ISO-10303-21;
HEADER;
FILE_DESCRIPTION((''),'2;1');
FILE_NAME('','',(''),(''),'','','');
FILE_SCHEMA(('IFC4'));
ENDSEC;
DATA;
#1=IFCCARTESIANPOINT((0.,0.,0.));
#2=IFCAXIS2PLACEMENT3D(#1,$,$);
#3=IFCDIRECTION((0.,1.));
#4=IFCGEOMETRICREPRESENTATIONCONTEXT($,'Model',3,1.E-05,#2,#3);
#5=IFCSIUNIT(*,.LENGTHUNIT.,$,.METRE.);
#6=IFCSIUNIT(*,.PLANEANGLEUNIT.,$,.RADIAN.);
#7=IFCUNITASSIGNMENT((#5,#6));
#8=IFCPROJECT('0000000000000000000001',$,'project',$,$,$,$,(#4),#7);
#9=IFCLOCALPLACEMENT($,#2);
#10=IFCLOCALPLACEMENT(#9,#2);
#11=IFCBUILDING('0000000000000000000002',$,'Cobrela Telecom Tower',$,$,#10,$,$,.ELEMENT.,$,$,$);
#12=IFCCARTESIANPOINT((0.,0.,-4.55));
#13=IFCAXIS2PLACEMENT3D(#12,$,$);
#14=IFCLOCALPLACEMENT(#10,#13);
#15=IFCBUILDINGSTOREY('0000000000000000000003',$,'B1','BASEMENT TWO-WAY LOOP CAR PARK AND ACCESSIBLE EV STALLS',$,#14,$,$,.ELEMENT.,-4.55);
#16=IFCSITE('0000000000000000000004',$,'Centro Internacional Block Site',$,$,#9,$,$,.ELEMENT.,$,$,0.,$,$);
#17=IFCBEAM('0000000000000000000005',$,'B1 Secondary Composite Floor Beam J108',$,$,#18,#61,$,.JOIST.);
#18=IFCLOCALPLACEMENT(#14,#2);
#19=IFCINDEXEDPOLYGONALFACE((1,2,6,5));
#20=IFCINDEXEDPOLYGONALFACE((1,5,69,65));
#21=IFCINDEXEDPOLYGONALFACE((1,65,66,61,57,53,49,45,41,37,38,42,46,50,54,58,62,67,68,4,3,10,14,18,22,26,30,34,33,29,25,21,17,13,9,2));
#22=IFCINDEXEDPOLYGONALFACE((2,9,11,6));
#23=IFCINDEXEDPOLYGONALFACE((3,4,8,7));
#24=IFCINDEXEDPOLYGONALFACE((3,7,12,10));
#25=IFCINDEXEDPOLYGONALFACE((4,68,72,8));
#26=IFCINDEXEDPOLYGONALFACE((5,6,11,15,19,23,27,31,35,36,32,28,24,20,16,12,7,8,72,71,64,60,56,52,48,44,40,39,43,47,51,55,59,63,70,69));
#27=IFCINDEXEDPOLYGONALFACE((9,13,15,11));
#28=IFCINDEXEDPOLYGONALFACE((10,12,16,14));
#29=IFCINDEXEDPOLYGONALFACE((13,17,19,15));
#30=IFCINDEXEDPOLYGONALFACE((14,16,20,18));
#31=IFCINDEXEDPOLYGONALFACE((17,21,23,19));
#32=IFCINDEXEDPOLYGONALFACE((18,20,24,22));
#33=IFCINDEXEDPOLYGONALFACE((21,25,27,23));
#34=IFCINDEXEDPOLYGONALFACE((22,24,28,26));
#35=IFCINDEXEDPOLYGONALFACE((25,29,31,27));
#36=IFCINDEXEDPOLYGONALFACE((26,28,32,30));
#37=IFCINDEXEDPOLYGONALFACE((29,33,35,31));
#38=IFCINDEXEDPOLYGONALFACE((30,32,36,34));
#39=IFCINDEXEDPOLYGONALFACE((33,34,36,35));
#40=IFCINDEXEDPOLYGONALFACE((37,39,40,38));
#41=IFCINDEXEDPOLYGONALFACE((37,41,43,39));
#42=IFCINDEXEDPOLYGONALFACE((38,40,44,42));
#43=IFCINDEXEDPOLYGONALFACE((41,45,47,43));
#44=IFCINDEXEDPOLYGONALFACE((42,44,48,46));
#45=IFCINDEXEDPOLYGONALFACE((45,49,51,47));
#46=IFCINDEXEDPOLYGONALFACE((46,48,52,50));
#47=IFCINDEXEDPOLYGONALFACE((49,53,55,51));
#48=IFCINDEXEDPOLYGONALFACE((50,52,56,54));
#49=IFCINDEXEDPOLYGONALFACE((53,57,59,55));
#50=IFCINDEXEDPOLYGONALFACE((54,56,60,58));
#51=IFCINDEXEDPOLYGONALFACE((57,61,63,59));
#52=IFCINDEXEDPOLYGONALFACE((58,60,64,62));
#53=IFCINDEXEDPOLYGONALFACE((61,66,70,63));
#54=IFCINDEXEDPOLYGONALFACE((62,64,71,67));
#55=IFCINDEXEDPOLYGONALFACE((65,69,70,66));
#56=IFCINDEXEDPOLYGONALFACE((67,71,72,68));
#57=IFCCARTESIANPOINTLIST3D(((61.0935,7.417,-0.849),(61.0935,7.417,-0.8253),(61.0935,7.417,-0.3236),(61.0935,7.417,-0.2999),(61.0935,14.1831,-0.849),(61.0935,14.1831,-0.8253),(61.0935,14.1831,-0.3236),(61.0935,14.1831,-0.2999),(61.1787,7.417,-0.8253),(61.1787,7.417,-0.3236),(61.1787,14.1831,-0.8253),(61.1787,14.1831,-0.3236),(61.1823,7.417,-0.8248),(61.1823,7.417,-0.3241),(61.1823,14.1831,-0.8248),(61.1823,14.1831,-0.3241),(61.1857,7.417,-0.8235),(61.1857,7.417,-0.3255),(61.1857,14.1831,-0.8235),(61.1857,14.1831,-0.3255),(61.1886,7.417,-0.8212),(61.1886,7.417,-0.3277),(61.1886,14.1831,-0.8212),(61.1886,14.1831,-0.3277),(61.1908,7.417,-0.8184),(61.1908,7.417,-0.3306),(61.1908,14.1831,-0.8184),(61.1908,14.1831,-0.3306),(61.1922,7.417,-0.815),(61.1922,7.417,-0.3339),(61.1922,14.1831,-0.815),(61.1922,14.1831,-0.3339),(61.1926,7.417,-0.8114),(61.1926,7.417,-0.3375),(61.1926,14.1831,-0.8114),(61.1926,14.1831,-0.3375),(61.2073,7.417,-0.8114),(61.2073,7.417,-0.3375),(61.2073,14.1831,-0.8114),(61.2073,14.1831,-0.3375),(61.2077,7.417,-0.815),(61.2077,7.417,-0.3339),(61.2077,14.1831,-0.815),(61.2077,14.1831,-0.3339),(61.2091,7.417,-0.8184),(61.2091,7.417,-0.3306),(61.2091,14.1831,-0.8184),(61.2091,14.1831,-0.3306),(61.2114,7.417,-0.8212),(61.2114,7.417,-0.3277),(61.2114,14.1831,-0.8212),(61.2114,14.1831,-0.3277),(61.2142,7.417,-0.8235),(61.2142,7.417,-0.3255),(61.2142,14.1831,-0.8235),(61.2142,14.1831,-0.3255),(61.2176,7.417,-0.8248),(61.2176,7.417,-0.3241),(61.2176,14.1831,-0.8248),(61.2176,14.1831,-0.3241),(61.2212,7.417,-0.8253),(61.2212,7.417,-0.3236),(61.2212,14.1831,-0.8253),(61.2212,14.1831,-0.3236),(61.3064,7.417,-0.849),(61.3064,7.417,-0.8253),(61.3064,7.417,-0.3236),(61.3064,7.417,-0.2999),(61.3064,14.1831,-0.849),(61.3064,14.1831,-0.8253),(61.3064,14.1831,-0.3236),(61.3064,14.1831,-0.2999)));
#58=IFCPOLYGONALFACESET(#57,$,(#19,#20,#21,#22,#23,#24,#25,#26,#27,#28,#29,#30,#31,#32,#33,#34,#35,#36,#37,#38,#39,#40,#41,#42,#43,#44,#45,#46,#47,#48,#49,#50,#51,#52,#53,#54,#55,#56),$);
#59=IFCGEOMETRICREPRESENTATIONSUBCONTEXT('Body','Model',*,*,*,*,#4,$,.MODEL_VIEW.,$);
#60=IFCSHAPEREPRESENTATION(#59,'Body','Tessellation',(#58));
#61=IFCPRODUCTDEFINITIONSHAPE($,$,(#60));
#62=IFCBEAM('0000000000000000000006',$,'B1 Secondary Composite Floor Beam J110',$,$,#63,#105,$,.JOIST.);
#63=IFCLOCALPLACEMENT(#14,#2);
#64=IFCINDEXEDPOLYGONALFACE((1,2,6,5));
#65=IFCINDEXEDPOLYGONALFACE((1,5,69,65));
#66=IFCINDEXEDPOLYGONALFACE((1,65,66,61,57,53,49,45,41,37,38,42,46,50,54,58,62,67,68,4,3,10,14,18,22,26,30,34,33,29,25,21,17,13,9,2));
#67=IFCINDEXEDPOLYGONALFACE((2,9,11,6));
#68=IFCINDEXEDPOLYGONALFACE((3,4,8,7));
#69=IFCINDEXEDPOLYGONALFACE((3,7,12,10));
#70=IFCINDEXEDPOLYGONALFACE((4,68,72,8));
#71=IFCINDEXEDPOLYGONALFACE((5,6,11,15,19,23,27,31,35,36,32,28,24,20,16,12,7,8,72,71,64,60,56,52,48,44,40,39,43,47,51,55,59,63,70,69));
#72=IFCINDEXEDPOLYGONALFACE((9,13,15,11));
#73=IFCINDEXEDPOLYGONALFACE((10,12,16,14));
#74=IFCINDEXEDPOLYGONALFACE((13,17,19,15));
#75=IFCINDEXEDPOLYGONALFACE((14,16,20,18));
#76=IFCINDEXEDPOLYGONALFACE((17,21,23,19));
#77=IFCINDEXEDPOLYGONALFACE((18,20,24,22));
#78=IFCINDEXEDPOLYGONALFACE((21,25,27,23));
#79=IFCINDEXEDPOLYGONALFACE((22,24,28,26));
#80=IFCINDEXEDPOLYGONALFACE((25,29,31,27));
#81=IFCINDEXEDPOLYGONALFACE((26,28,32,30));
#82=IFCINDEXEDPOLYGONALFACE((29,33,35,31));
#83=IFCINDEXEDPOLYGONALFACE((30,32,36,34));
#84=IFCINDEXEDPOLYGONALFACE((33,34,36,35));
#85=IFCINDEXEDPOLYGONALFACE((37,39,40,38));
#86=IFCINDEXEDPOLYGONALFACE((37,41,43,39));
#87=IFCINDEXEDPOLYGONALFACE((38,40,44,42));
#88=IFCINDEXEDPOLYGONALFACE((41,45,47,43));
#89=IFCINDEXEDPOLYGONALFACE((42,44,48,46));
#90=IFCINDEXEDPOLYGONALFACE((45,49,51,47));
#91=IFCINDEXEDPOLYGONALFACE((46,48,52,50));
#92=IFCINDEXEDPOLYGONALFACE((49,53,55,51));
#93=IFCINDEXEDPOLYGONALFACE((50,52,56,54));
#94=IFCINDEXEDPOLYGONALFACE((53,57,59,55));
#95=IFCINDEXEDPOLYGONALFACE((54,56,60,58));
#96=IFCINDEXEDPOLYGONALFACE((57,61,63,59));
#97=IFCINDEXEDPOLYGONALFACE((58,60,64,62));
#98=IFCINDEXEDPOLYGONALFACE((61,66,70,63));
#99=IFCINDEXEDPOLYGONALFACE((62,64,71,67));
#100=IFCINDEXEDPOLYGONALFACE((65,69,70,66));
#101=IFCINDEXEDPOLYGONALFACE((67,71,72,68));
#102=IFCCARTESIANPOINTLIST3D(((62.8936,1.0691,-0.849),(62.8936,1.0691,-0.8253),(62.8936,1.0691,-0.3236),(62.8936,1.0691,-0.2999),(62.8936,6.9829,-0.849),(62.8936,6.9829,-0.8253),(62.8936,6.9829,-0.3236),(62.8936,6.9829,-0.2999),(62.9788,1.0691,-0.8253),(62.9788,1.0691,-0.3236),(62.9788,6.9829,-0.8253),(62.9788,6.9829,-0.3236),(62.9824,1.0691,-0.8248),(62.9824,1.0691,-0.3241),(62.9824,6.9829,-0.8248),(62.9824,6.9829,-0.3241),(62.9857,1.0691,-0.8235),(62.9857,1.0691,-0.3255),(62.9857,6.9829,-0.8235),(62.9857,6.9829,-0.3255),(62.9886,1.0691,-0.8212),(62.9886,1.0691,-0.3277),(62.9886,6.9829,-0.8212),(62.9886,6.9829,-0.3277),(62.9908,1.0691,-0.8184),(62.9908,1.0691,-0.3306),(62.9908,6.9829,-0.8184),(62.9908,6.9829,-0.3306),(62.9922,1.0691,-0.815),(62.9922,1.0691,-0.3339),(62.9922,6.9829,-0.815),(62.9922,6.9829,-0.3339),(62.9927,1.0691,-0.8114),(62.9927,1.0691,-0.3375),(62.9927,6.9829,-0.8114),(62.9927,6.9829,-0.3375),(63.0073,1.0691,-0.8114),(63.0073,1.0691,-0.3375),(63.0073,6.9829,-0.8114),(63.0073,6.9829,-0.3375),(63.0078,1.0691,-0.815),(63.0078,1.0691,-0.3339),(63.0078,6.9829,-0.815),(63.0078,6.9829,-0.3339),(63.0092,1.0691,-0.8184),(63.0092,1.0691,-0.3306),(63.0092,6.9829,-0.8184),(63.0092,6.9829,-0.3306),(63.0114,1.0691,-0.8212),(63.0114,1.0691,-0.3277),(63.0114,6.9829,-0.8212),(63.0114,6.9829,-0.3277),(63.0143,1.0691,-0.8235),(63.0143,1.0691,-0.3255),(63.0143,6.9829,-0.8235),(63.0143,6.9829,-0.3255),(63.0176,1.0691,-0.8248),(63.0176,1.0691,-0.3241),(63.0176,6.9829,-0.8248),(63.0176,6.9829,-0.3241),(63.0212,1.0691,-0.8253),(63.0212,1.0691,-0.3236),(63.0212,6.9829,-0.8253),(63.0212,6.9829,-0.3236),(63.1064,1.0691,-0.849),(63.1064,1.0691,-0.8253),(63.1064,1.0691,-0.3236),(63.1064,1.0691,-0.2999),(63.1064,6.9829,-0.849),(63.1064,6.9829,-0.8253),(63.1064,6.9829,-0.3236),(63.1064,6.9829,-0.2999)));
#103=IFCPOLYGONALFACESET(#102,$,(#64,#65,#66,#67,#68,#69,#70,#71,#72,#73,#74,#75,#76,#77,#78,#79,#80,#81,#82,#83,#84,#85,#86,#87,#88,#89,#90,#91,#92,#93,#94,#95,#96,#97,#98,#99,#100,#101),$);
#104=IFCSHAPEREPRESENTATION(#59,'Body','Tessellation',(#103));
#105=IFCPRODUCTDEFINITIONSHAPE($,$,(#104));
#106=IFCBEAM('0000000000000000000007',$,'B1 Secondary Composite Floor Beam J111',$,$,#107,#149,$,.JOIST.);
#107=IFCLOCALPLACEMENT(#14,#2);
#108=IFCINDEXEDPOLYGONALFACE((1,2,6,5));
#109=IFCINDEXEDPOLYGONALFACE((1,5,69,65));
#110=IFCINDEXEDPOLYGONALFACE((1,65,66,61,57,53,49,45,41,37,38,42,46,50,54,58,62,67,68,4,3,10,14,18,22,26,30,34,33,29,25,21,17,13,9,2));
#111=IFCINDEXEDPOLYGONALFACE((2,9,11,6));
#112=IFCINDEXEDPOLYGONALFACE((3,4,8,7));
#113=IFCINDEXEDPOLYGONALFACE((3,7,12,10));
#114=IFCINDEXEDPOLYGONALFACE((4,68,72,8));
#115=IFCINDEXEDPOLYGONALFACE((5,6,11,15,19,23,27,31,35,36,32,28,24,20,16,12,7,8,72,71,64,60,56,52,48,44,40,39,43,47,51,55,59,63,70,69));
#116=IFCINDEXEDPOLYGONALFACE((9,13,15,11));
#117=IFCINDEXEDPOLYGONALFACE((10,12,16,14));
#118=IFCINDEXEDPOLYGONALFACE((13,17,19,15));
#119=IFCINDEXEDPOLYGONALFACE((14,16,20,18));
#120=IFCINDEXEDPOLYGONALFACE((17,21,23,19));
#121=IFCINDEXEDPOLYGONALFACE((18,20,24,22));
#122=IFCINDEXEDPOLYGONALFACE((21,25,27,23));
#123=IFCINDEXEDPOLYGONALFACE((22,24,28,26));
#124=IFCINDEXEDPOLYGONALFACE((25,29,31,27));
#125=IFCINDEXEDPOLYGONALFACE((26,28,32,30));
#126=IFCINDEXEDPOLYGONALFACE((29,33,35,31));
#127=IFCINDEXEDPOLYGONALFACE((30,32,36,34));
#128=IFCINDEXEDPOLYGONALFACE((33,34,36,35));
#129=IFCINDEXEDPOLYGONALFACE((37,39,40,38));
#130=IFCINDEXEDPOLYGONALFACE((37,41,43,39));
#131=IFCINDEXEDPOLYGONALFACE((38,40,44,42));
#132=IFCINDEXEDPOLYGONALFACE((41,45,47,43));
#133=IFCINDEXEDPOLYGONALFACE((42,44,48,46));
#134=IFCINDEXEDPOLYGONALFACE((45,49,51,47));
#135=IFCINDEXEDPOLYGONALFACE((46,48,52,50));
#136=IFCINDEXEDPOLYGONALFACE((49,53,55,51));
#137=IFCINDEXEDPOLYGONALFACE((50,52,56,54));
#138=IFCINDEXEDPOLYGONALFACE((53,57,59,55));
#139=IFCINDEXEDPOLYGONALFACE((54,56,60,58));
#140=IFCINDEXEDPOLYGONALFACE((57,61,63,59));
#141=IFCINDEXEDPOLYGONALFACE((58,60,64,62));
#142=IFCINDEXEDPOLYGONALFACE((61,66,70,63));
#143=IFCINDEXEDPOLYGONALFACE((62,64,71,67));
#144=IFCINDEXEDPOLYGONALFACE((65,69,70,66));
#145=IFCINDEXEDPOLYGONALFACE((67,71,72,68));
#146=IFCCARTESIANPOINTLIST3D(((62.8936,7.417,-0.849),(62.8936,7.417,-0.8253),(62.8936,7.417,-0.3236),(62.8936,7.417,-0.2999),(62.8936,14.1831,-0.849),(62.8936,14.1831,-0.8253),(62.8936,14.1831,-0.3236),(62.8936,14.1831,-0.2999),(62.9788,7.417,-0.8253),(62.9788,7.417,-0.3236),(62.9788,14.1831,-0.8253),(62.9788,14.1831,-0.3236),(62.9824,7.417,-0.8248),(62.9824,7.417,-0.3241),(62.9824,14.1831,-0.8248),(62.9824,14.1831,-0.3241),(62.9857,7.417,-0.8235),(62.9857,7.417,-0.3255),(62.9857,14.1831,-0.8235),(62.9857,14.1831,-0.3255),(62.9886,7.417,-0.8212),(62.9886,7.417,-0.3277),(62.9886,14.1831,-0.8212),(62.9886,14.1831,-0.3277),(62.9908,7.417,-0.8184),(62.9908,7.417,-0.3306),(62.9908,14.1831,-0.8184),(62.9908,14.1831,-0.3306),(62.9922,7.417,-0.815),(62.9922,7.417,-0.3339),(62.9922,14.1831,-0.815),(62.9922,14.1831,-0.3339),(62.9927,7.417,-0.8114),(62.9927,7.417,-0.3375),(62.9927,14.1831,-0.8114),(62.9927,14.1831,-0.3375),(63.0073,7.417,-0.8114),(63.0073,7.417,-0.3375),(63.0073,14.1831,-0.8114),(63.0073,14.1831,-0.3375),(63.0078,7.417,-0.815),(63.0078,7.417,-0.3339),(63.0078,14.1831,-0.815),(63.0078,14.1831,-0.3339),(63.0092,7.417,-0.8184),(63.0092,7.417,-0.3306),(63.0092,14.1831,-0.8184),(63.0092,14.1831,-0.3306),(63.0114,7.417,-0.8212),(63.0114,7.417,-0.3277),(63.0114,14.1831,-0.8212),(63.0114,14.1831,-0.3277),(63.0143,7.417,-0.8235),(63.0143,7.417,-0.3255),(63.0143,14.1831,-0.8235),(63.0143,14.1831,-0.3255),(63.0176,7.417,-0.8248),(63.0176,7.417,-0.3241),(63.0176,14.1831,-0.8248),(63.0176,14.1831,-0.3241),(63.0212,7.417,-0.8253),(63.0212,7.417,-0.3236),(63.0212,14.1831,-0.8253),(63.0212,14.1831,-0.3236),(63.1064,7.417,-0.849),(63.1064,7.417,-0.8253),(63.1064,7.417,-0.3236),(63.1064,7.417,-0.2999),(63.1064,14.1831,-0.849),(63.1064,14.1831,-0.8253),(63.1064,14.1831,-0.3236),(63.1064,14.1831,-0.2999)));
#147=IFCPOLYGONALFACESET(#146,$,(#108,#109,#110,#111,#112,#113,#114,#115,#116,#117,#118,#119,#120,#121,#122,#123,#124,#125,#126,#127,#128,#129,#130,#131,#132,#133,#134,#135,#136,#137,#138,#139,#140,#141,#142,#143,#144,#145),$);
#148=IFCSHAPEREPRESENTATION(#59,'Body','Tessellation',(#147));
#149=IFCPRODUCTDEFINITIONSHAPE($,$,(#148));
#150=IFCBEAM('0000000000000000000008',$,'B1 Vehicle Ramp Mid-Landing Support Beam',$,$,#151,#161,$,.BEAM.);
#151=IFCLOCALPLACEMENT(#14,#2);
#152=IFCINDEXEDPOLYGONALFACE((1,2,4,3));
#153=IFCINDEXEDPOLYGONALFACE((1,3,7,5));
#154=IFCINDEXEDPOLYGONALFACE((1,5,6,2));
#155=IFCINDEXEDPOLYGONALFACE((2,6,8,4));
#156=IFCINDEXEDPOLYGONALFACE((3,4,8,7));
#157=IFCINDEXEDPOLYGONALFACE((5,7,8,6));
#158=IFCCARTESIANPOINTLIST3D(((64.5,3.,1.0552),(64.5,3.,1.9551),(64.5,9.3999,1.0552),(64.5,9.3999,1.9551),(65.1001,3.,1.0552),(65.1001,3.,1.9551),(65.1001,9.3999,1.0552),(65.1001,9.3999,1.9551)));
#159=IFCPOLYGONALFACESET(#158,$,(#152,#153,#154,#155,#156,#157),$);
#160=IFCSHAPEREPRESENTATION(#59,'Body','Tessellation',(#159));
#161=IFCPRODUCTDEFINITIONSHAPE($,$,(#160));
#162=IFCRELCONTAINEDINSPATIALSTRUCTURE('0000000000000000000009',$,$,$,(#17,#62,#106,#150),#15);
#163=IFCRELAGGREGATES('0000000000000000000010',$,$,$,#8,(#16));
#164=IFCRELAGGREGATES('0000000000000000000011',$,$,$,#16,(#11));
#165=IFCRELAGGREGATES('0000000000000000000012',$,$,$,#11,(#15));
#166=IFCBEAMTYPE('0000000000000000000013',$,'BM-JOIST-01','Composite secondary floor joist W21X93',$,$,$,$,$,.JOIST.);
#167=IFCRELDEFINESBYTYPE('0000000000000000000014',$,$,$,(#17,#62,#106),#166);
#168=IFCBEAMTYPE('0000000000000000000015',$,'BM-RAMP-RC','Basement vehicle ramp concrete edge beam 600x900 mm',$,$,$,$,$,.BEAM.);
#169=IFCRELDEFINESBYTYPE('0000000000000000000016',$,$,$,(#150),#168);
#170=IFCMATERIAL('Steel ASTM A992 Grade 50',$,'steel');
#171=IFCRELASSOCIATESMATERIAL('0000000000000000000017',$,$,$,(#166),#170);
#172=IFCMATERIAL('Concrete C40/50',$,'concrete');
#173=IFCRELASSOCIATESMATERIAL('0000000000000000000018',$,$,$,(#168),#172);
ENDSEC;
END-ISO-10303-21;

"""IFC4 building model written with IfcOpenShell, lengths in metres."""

from ifc_helpers import new_model, si_unit, direction, frame, origin, origin_2d, place, context, subcontext, project, spatial, rectangle, i_section, extrude, material, material_profile, profile_set, type_object, element, save


model = new_model("IFC4")

# Units and contexts
model_context = context("Model", 3, precision=1e-05, world=origin(), true_north=direction((0.0, 1.0)))
body_context = subcontext(model_context, "Body", "Model", "MODEL_VIEW")
ifc_project = project(units=[si_unit("LENGTHUNIT", "METRE"), si_unit("PLANEANGLEUNIT", "RADIAN")], contexts=[model_context])

# Site, building, storey
site_placement = place(None, origin())
site = spatial("IfcSite", under=ifc_project, at=site_placement, Name="Centro Internacional Block Site", CompositionType="ELEMENT", RefElevation=0.0)
building_placement = place(site_placement, origin())
building = spatial("IfcBuilding", under=site, at=building_placement, Name="Cobrela Telecom Tower", CompositionType="ELEMENT")
storey_placement = place(building_placement, frame((0.0, 0.0, -4.55)))
storey = spatial("IfcBuildingStorey", under=building, at=storey_placement, Name="B1", Description="BASEMENT TWO-WAY LOOP CAR PARK AND ACCESSIBLE EV STALLS", CompositionType="ELEMENT", Elevation=-4.55)

# Shared definitions
ifc_material_1 = material(Name="Concrete C40/50", Category="concrete")

# Beams
ifc_material_2 = material(Name="Steel ASTM A992 Grade 50", Category="steel")
ifc_material_profile_1 = material_profile(ifc_material_2, i_section(OverallWidth=0.2129, OverallDepth=0.5491, WebThickness=0.0146, FlangeThickness=0.0237, FilletRadius=0.0139, at=origin_2d()), Name="W21X93")
ifc_profile_set_1 = profile_set([ifc_material_profile_1], Name="Steel ASTM A992 Grade 50")
beam_type_1 = type_object("IfcBeamType", Name="BM-JOIST-01", Description="Composite secondary floor joist W21X93", PredefinedType="JOIST", material=ifc_profile_set_1)
beam_1_placement = place(storey_placement, frame((61.2, 7.417, -0.5745), z_axis=(0.0, 1.0, 0.0), x_axis=(-1.0, 0.0, 0.0)))
element("IfcBeam", 1, at=beam_1_placement, inside=storey, type_object=beam_type_1, Name="B1 Secondary Composite Floor Beam J108", PredefinedType="JOIST", context=body_context, shape_type="SweptSolid", body=[
    extrude(i_section(OverallWidth=0.2129, OverallDepth=0.5491, WebThickness=0.0146, FlangeThickness=0.0237, FilletRadius=0.0139, at=origin_2d()), origin(), (0.0, 0.0, 1.0), 6.7661),
])
beam_2_placement = place(storey_placement, frame((63.0, 1.0691, -0.5745), z_axis=(0.0, 1.0, 0.0), x_axis=(-1.0, 0.0, 0.0)))
element("IfcBeam", 2, at=beam_2_placement, inside=storey, type_object=beam_type_1, Name="B1 Secondary Composite Floor Beam J110", PredefinedType="JOIST", context=body_context, shape_type="SweptSolid", body=[
    extrude(i_section(OverallWidth=0.2129, OverallDepth=0.5491, WebThickness=0.0146, FlangeThickness=0.0237, FilletRadius=0.0139, at=origin_2d()), origin(), (0.0, 0.0, 1.0), 5.9138),
])
beam_3_placement = place(storey_placement, frame((63.0, 7.417, -0.5745), z_axis=(0.0, 1.0, 0.0), x_axis=(-1.0, 0.0, 0.0)))
element("IfcBeam", 3, at=beam_3_placement, inside=storey, type_object=beam_type_1, Name="B1 Secondary Composite Floor Beam J111", PredefinedType="JOIST", context=body_context, shape_type="SweptSolid", body=[
    extrude(i_section(OverallWidth=0.2129, OverallDepth=0.5491, WebThickness=0.0146, FlangeThickness=0.0237, FilletRadius=0.0139, at=origin_2d()), origin(), (0.0, 0.0, 1.0), 6.7661),
])
ifc_material_profile_2 = material_profile(ifc_material_1, rectangle(XDim=0.6001, YDim=0.8999, at=origin_2d()), Name="RC 600x900")
ifc_profile_set_2 = profile_set([ifc_material_profile_2], Name="Concrete C40/50")
beam_type_2 = type_object("IfcBeamType", Name="BM-RAMP-RC", Description="Basement vehicle ramp concrete edge beam 600x900 mm", PredefinedType="BEAM", material=ifc_profile_set_2)
beam_4_placement = place(storey_placement, frame((64.8, 3.0, 1.5051), z_axis=(0.0, 1.0, 0.0), x_axis=(-1.0, 0.0, 0.0)))
element("IfcBeam", 4, at=beam_4_placement, inside=storey, type_object=beam_type_2, Name="B1 Vehicle Ramp Mid-Landing Support Beam", PredefinedType="BEAM", context=body_context, shape_type="SweptSolid", body=[
    extrude(rectangle(XDim=0.6001, YDim=0.8999, at=origin_2d()), origin(), (0.0, 0.0, 1.0), 6.3999),
])

save(model, "model.ifc")
